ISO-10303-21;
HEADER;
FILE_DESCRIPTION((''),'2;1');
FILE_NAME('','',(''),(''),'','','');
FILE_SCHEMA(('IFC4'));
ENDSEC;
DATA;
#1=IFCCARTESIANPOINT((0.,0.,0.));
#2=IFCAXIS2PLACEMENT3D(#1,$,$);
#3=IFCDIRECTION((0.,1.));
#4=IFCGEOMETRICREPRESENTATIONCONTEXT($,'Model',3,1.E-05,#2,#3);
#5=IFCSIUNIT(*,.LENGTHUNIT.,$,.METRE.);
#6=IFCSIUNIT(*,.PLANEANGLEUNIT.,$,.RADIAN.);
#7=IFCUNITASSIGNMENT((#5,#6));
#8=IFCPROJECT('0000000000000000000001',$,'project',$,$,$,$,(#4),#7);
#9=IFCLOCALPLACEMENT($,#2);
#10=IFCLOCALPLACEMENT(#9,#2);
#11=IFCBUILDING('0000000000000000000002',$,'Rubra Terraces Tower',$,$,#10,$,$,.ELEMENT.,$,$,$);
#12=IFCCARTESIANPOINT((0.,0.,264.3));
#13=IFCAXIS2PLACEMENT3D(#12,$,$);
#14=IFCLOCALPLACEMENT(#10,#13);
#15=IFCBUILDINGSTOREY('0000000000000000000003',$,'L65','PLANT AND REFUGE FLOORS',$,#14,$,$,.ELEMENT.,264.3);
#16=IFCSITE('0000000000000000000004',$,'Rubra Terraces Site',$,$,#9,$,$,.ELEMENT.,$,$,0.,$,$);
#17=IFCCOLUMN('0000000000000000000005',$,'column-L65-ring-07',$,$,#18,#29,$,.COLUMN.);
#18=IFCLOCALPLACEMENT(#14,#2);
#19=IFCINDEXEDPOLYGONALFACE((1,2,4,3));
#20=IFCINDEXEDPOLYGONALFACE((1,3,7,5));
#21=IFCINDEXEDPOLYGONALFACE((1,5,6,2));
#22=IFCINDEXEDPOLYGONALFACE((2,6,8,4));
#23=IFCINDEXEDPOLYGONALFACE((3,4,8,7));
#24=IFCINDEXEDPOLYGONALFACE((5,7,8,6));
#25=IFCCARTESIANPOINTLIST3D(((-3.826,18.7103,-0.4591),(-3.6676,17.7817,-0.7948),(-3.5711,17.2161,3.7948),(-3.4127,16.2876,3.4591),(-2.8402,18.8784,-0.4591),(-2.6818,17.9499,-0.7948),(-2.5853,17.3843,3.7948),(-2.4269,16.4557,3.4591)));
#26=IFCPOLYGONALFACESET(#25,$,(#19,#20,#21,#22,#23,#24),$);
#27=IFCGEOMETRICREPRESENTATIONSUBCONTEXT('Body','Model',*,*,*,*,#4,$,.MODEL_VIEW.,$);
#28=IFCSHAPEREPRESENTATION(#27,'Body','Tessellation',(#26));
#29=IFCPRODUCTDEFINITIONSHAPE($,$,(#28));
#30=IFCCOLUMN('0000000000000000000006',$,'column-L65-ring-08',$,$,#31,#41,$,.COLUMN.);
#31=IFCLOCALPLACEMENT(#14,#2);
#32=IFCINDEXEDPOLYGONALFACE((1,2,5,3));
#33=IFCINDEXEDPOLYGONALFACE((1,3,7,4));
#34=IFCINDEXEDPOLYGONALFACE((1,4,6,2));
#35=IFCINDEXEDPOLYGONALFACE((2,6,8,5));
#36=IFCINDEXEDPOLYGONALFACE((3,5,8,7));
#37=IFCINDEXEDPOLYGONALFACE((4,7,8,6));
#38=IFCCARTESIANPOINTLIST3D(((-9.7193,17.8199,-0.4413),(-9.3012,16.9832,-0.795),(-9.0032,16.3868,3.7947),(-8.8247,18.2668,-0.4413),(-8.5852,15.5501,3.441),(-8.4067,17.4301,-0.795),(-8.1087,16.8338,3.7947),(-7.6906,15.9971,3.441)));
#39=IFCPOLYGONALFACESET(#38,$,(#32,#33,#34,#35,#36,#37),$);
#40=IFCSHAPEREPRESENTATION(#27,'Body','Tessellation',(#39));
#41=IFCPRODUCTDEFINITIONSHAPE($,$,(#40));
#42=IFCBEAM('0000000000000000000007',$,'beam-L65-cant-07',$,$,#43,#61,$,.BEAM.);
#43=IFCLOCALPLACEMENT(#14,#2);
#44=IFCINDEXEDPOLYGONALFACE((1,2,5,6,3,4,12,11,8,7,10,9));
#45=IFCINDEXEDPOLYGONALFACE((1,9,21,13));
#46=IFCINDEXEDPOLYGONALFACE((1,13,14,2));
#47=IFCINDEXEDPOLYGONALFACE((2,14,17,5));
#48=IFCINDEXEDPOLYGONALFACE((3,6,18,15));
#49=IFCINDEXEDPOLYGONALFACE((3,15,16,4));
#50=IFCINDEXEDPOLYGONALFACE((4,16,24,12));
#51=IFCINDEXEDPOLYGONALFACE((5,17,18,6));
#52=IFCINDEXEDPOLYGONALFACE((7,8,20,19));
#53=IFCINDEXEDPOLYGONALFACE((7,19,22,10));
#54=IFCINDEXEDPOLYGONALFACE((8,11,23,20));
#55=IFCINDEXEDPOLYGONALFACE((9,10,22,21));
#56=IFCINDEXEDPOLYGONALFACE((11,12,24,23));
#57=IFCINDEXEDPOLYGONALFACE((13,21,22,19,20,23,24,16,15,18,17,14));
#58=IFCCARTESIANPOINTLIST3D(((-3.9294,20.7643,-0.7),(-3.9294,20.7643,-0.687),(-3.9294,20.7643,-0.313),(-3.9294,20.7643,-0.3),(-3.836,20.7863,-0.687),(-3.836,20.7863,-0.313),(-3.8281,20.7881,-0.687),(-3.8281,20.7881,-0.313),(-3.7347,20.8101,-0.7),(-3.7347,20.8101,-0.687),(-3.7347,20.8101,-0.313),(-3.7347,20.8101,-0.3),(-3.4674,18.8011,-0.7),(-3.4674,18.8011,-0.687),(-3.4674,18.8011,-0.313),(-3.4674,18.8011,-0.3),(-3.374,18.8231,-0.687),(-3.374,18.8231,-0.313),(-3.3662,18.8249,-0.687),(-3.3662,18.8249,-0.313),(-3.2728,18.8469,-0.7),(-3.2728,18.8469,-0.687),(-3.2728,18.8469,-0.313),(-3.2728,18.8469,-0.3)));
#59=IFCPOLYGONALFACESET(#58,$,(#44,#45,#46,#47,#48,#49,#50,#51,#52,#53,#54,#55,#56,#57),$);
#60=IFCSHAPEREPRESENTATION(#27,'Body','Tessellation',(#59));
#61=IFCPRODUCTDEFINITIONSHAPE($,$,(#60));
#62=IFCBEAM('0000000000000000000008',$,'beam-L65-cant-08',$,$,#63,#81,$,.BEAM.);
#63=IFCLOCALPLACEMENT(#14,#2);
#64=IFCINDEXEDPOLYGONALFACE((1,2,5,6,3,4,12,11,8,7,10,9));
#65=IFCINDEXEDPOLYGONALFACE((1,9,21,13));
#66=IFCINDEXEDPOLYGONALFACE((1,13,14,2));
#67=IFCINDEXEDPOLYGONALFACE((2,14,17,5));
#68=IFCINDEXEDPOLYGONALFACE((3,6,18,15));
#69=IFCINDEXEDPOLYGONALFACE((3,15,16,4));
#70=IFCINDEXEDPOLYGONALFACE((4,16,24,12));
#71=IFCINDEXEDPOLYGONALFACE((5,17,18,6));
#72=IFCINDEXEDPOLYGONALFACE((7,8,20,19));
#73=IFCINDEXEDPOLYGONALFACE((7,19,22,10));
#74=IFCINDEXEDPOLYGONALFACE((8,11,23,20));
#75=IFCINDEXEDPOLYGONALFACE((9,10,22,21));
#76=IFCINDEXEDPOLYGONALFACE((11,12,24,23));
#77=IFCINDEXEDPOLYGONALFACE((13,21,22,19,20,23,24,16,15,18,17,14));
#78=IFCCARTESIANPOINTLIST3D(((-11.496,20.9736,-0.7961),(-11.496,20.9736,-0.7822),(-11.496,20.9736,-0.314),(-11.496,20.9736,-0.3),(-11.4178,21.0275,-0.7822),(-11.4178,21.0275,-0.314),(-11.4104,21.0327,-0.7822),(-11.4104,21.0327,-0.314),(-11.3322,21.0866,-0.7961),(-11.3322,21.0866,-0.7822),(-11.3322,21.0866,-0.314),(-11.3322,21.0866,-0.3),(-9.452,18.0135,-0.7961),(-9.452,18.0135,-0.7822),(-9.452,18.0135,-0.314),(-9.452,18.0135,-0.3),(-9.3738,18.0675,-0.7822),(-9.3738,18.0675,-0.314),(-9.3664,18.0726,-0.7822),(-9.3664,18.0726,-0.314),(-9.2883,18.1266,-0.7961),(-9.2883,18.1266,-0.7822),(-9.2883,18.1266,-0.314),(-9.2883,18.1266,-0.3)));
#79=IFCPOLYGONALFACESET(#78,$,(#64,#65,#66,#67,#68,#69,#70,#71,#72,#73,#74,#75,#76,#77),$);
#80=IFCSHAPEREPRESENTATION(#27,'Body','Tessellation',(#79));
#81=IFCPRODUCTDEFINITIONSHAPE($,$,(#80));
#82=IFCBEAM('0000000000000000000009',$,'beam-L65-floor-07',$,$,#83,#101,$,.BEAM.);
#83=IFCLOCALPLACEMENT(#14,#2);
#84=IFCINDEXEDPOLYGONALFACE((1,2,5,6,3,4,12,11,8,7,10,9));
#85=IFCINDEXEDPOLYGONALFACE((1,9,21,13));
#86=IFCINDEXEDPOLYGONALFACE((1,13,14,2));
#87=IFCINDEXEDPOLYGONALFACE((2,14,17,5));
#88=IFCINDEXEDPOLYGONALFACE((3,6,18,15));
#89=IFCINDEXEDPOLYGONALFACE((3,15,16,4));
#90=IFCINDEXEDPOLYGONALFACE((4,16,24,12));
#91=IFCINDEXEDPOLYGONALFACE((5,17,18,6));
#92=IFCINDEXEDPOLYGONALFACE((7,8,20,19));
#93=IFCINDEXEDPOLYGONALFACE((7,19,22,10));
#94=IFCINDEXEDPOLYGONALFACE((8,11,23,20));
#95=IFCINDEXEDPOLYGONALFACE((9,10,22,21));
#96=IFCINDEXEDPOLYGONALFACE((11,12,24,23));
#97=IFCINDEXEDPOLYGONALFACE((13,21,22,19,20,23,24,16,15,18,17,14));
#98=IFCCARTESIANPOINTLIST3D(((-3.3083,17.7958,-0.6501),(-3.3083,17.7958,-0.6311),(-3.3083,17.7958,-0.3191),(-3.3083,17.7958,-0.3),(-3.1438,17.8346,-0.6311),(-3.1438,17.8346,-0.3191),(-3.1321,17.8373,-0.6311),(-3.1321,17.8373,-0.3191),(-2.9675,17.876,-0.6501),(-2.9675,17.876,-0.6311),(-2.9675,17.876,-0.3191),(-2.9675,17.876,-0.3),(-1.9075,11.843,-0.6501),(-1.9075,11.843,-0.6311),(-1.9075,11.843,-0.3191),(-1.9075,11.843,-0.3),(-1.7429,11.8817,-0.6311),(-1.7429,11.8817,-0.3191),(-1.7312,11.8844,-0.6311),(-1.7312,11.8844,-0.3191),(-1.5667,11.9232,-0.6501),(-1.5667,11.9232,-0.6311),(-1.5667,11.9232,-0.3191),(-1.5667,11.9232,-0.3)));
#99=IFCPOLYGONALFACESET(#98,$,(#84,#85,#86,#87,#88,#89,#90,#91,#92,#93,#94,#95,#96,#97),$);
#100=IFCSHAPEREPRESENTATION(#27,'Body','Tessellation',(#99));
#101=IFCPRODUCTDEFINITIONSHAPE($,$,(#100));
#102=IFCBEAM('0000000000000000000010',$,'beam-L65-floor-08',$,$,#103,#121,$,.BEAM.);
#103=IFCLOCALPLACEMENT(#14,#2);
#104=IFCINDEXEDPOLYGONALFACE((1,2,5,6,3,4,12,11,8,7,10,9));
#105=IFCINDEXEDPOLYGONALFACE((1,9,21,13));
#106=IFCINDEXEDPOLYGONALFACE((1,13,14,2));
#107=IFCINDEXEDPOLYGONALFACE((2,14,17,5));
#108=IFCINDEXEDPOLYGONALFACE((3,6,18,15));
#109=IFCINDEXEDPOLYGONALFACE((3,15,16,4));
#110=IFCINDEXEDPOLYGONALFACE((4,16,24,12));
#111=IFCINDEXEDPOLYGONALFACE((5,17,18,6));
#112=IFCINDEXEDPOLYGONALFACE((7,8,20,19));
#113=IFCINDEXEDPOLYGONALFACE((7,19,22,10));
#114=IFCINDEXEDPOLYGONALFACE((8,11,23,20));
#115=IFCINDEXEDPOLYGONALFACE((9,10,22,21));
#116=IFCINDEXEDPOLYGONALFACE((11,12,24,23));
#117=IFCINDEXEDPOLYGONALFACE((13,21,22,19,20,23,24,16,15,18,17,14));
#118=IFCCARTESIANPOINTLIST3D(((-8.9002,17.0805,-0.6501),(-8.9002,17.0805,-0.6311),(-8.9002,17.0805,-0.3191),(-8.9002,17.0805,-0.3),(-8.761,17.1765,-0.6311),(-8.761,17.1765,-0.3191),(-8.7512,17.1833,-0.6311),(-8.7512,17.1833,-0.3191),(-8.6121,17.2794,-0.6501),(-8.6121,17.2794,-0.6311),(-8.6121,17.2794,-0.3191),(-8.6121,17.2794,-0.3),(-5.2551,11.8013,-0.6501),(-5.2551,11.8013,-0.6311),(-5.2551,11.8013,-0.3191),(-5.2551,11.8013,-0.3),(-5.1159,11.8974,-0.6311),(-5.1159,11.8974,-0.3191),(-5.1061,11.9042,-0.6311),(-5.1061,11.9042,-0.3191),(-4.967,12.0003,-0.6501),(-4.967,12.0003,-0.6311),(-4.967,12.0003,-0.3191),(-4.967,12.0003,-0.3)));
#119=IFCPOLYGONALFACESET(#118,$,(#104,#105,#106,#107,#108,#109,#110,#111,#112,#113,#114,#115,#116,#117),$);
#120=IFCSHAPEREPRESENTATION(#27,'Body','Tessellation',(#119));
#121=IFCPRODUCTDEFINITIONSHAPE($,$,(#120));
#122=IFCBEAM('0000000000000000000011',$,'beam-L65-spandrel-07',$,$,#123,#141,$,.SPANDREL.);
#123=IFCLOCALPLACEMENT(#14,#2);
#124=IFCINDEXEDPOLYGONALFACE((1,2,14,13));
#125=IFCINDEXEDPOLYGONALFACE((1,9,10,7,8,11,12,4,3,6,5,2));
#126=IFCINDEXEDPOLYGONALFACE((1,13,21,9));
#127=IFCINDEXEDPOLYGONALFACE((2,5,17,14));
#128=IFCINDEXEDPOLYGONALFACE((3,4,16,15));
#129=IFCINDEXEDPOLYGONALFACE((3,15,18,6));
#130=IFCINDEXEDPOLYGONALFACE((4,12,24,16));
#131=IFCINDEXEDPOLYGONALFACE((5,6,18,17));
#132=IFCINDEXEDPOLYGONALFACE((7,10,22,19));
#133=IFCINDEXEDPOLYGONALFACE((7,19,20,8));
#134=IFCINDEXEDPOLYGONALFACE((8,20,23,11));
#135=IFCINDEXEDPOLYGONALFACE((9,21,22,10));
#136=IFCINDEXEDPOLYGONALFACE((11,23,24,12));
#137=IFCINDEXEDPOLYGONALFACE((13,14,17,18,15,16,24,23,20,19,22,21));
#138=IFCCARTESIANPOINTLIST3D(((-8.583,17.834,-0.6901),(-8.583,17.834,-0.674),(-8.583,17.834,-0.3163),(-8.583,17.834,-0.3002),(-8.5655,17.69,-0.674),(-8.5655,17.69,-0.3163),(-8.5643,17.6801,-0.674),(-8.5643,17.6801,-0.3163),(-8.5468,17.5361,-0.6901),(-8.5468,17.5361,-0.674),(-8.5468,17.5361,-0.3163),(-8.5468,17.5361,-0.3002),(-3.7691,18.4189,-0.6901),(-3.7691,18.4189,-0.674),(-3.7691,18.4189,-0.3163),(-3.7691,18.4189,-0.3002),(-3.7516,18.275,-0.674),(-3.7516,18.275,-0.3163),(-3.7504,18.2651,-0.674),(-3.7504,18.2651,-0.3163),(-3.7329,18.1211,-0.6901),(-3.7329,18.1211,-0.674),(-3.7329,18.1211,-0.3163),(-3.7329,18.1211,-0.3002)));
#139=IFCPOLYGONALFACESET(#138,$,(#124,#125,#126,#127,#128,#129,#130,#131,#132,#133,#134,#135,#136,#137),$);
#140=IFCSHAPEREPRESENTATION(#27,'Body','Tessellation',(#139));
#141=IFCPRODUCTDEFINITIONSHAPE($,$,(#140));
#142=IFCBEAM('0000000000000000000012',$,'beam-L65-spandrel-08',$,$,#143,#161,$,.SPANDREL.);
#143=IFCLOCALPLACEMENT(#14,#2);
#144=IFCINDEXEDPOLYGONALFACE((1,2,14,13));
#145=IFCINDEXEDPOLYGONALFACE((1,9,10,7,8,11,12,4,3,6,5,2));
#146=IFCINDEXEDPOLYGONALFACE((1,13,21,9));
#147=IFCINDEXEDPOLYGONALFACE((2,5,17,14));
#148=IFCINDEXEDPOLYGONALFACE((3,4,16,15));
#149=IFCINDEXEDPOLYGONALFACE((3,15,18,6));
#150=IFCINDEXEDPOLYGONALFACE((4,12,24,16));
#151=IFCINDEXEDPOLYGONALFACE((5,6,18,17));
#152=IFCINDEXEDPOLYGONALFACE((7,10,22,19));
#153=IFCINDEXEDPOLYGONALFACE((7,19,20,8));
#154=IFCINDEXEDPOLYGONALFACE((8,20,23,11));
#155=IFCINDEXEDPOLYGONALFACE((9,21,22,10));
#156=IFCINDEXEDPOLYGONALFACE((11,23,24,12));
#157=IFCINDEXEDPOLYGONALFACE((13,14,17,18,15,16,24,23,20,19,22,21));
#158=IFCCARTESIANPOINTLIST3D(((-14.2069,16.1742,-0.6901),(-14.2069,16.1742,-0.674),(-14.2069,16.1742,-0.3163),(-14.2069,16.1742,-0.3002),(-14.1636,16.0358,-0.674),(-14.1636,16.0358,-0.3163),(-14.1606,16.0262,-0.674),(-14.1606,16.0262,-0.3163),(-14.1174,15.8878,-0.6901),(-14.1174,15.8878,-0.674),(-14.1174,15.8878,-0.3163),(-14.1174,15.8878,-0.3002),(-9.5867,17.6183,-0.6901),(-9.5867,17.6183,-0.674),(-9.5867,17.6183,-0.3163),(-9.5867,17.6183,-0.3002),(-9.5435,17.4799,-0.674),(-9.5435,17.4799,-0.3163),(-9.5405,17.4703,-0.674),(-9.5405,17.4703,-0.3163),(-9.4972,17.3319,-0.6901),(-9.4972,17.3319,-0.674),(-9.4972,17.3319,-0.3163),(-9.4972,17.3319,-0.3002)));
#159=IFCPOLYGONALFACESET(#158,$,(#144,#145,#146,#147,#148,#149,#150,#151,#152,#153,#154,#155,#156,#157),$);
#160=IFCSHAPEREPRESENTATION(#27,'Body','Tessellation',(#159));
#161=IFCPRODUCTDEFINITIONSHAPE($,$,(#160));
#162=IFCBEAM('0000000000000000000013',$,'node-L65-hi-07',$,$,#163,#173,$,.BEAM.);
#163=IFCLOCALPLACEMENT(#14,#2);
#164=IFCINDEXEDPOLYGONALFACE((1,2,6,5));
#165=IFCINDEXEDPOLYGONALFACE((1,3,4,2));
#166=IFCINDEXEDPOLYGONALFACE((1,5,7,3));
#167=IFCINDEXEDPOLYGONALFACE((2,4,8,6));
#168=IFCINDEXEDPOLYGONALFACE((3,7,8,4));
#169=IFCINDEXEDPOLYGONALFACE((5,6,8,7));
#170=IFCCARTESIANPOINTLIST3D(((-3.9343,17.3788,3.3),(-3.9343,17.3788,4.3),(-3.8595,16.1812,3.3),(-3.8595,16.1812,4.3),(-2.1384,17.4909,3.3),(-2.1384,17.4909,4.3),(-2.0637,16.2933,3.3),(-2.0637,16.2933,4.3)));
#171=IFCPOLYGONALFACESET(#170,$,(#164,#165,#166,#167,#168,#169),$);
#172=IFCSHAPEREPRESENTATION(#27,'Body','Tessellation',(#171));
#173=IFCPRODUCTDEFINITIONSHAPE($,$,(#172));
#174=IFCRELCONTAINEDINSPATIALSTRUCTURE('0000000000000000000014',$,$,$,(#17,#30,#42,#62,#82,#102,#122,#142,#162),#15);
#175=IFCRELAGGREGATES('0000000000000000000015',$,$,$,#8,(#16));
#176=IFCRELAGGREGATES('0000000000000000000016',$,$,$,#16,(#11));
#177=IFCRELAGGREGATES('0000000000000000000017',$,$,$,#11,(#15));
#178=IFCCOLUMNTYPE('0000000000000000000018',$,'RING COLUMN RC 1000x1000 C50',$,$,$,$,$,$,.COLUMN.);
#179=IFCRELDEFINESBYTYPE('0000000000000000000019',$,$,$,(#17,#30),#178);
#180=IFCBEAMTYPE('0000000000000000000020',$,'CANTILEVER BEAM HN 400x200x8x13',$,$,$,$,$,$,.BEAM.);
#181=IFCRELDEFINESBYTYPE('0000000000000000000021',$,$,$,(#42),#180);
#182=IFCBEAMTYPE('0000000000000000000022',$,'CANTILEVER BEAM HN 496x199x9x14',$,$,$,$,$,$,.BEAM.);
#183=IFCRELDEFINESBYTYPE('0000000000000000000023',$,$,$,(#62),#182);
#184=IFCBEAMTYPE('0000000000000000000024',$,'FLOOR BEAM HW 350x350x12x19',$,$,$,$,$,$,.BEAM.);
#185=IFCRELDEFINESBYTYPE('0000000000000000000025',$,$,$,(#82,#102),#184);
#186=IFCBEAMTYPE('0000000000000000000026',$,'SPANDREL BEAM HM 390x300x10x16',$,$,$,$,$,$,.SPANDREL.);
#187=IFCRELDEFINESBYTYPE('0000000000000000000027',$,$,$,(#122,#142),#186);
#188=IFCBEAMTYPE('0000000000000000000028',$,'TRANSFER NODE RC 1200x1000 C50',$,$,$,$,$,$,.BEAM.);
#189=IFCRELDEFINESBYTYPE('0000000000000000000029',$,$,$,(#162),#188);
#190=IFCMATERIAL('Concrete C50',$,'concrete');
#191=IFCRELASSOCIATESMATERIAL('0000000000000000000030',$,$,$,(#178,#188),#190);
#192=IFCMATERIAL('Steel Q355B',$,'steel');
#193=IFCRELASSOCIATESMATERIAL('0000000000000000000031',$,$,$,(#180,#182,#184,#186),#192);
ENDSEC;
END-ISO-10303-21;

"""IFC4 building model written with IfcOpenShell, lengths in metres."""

from ifc_helpers import new_model, si_unit, direction, frame, origin, origin_2d, place, context, subcontext, project, spatial, rectangle, i_section, extrude, material, material_profile, profile_set, type_object, element, save


model = new_model("IFC4")

# Units and contexts
model_context = context("Model", 3, precision=1e-05, world=origin(), true_north=direction((0.0, 1.0)))
body_context = subcontext(model_context, "Body", "Model", "MODEL_VIEW")
ifc_project = project(units=[si_unit("LENGTHUNIT", "METRE"), si_unit("PLANEANGLEUNIT", "RADIAN")], contexts=[model_context])

# Site, building, storey
site_placement = place(None, origin())
site = spatial("IfcSite", under=ifc_project, at=site_placement, Name="Rubra Terraces Site", CompositionType="ELEMENT", RefElevation=0.0)
building_placement = place(site_placement, origin())
building = spatial("IfcBuilding", under=site, at=building_placement, Name="Rubra Terraces Tower", CompositionType="ELEMENT")
storey_placement = place(building_placement, frame((0.0, 0.0, 264.3)))
storey = spatial("IfcBuildingStorey", under=building, at=storey_placement, Name="L65", Description="PLANT AND REFUGE FLOORS", CompositionType="ELEMENT", Elevation=264.3)

# Columns
ifc_material_1 = material(Name="Concrete C50", Category="concrete")
ifc_material_profile_1 = material_profile(ifc_material_1, rectangle(XDim=1.0, YDim=1.0, at=origin_2d()), Name="RC 1000x1000")
ifc_profile_set_1 = profile_set([ifc_material_profile_1], Name="Concrete C50")
column_type = type_object("IfcColumnType", Name="RING COLUMN RC 1000x1000 C50", PredefinedType="COLUMN", material=ifc_profile_set_1)
column_1_placement = place(storey_placement, frame((-3.2539, 18.3301, -0.627), z_axis=(0.056441, -0.330864, 0.941989), x_axis=(0.98576, 0.168159, 0.0)))
element("IfcColumn", 1, at=column_1_placement, inside=storey, type_object=column_type, Name="column-L65-ring-07", PredefinedType="COLUMN", context=body_context, shape_type="SweptSolid", body=[
    extrude(rectangle(XDim=1.0, YDim=1.0, at=origin_2d()), origin(), (0.0, 0.0, 1.0), 4.5159),
])
column_2_placement = place(storey_placement, frame((-9.063, 17.625, -0.6182), z_axis=(0.15811, -0.316436, 0.935345), x_axis=(0.894549, 0.44697, 0.0)))
element("IfcColumn", 2, at=column_2_placement, inside=storey, type_object=column_type, Name="column-L65-ring-08", PredefinedType="COLUMN", context=body_context, shape_type="SweptSolid", body=[
    extrude(rectangle(XDim=1.0, YDim=1.0, at=origin_2d()), origin(), (0.0, 0.0, 1.0), 4.5288),
])

# Beams
ifc_material_2 = material(Name="Steel Q355B", Category="steel")
ifc_material_profile_2 = material_profile(ifc_material_2, i_section(OverallWidth=0.2, OverallDepth=0.3999, WebThickness=0.0081, FlangeThickness=0.0129, at=origin_2d()), Name="HN 400x200x8x13")
ifc_profile_set_2 = profile_set([ifc_material_profile_2], Name="Steel Q355B")
beam_type_1 = type_object("IfcBeamType", Name="CANTILEVER BEAM HN 400x200x8x13", PredefinedType="BEAM", material=ifc_profile_set_2)
beam_1_placement = place(storey_placement, frame((-3.3701, 18.824, -0.5), z_axis=(-0.229039, 0.973417, 0.0), x_axis=(-0.973417, -0.229039, 0.0)))
element("IfcBeam", 3, at=beam_1_placement, inside=storey, type_object=beam_type_1, Name="beam-L65-cant-07", PredefinedType="BEAM", context=body_context, shape_type="SweptSolid", body=[
    extrude(i_section(OverallWidth=0.2, OverallDepth=0.3999, WebThickness=0.0081, FlangeThickness=0.0129, at=origin_2d()), origin(), (0.0, 0.0, 1.0), 2.0168),
])
ifc_material_profile_3 = material_profile(ifc_material_2, i_section(OverallWidth=0.199, OverallDepth=0.4961, WebThickness=0.009, FlangeThickness=0.0139, at=origin_2d()), Name="HN 496x199x9x14")
ifc_profile_set_3 = profile_set([ifc_material_profile_3], Name="Steel Q355B")
beam_type_2 = type_object("IfcBeamType", Name="CANTILEVER BEAM HN 496x199x9x14", PredefinedType="BEAM", material=ifc_profile_set_3)
beam_2_placement = place(storey_placement, frame((-9.3701, 18.0701, -0.5481), z_axis=(-0.568221, 0.822876, 0.0), x_axis=(-0.822876, -0.568221, 0.0)))
element("IfcBeam", 4, at=beam_2_placement, inside=storey, type_object=beam_type_2, Name="beam-L65-cant-08", PredefinedType="BEAM", context=body_context, shape_type="SweptSolid", body=[
    extrude(i_section(OverallWidth=0.199, OverallDepth=0.4961, WebThickness=0.009, FlangeThickness=0.0139, at=origin_2d()), origin(), (0.0, 0.0, 1.0), 3.5972),
])
ifc_material_profile_4 = material_profile(ifc_material_2, i_section(OverallWidth=0.3501, OverallDepth=0.3501, WebThickness=0.012, FlangeThickness=0.019, at=origin_2d()), Name="HW 350x350x12x19")
ifc_profile_set_4 = profile_set([ifc_material_profile_4], Name="Steel Q355B")
beam_type_3 = type_object("IfcBeamType", Name="FLOOR BEAM HW 350x350x12x19", PredefinedType="BEAM", material=ifc_profile_set_4)
beam_3_placement = place(storey_placement, frame((-3.1379, 17.8359, -0.4751), z_axis=(0.22907, -0.97341, 0.0), x_axis=(0.97341, 0.22907, 0.0)))
element("IfcBeam", 5, at=beam_3_placement, inside=storey, type_object=beam_type_3, Name="beam-L65-floor-07", PredefinedType="BEAM", context=body_context, shape_type="SweptSolid", body=[
    extrude(i_section(OverallWidth=0.3501, OverallDepth=0.3501, WebThickness=0.012, FlangeThickness=0.019, at=origin_2d()), origin(), (0.0, 0.0, 1.0), 6.1155),
])
beam_4_placement = place(storey_placement, frame((-8.7561, 17.1799, -0.4751), z_axis=(0.568186, -0.8229, 0.0), x_axis=(0.8229, 0.568186, 0.0)))
element("IfcBeam", 6, at=beam_4_placement, inside=storey, type_object=beam_type_3, Name="beam-L65-floor-08", PredefinedType="BEAM", context=body_context, shape_type="SweptSolid", body=[
    extrude(i_section(OverallWidth=0.3501, OverallDepth=0.3501, WebThickness=0.012, FlangeThickness=0.019, at=origin_2d()), origin(), (0.0, 0.0, 1.0), 6.4153),
])
ifc_material_profile_5 = material_profile(ifc_material_2, i_section(OverallWidth=0.3, OverallDepth=0.3899, WebThickness=0.01, FlangeThickness=0.0161, at=origin_2d()), Name="HM 390x300x10x16")
ifc_profile_set_5 = profile_set([ifc_material_profile_5], Name="Steel Q355B")
beam_type_4 = type_object("IfcBeamType", Name="SPANDREL BEAM HM 390x300x10x16", PredefinedType="SPANDREL", material=ifc_profile_set_5)
beam_5_placement = place(storey_placement, frame((-3.751, 18.27, -0.4951), z_axis=(-0.992698, -0.120626, 0.0), x_axis=(0.120626, -0.992698, 0.0)))
element("IfcBeam", 7, at=beam_5_placement, inside=storey, type_object=beam_type_4, Name="beam-L65-spandrel-07", PredefinedType="SPANDREL", context=body_context, shape_type="SweptSolid", body=[
    extrude(i_section(OverallWidth=0.3, OverallDepth=0.3899, WebThickness=0.01, FlangeThickness=0.0161, at=origin_2d()), origin(), (0.0, 0.0, 1.0), 4.8494),
])
beam_6_placement = place(storey_placement, frame((-9.542, 17.4751, -0.4951), z_axis=(-0.954462, -0.298332, 0.0), x_axis=(0.298332, -0.954462, 0.0)))
element("IfcBeam", 8, at=beam_6_placement, inside=storey, type_object=beam_type_4, Name="beam-L65-spandrel-08", PredefinedType="SPANDREL", context=body_context, shape_type="SweptSolid", body=[
    extrude(i_section(OverallWidth=0.3, OverallDepth=0.3899, WebThickness=0.01, FlangeThickness=0.0161, at=origin_2d()), origin(), (0.0, 0.0, 1.0), 4.8406),
])
ifc_material_profile_6 = material_profile(ifc_material_1, rectangle(XDim=1.2, YDim=1.0, at=origin_2d()), Name="RC 1200x1000")
ifc_profile_set_6 = profile_set([ifc_material_profile_6], Name="Concrete C50")
beam_type_5 = type_object("IfcBeamType", Name="TRANSFER NODE RC 1200x1000 C50", PredefinedType="BEAM", material=ifc_profile_set_6)
beam_7_placement = place(storey_placement, frame((-2.1011, 16.8921, 3.8), z_axis=(-0.998059, -0.062277, 0.0), x_axis=(0.062277, -0.998059, 0.0)))
element("IfcBeam", 9, at=beam_7_placement, inside=storey, type_object=beam_type_5, Name="node-L65-hi-07", PredefinedType="BEAM", context=body_context, shape_type="SweptSolid", body=[
    extrude(rectangle(XDim=1.2, YDim=1.0, at=origin_2d()), origin(), (0.0, 0.0, 1.0), 1.7993),
])

save(model, "model.ifc")
